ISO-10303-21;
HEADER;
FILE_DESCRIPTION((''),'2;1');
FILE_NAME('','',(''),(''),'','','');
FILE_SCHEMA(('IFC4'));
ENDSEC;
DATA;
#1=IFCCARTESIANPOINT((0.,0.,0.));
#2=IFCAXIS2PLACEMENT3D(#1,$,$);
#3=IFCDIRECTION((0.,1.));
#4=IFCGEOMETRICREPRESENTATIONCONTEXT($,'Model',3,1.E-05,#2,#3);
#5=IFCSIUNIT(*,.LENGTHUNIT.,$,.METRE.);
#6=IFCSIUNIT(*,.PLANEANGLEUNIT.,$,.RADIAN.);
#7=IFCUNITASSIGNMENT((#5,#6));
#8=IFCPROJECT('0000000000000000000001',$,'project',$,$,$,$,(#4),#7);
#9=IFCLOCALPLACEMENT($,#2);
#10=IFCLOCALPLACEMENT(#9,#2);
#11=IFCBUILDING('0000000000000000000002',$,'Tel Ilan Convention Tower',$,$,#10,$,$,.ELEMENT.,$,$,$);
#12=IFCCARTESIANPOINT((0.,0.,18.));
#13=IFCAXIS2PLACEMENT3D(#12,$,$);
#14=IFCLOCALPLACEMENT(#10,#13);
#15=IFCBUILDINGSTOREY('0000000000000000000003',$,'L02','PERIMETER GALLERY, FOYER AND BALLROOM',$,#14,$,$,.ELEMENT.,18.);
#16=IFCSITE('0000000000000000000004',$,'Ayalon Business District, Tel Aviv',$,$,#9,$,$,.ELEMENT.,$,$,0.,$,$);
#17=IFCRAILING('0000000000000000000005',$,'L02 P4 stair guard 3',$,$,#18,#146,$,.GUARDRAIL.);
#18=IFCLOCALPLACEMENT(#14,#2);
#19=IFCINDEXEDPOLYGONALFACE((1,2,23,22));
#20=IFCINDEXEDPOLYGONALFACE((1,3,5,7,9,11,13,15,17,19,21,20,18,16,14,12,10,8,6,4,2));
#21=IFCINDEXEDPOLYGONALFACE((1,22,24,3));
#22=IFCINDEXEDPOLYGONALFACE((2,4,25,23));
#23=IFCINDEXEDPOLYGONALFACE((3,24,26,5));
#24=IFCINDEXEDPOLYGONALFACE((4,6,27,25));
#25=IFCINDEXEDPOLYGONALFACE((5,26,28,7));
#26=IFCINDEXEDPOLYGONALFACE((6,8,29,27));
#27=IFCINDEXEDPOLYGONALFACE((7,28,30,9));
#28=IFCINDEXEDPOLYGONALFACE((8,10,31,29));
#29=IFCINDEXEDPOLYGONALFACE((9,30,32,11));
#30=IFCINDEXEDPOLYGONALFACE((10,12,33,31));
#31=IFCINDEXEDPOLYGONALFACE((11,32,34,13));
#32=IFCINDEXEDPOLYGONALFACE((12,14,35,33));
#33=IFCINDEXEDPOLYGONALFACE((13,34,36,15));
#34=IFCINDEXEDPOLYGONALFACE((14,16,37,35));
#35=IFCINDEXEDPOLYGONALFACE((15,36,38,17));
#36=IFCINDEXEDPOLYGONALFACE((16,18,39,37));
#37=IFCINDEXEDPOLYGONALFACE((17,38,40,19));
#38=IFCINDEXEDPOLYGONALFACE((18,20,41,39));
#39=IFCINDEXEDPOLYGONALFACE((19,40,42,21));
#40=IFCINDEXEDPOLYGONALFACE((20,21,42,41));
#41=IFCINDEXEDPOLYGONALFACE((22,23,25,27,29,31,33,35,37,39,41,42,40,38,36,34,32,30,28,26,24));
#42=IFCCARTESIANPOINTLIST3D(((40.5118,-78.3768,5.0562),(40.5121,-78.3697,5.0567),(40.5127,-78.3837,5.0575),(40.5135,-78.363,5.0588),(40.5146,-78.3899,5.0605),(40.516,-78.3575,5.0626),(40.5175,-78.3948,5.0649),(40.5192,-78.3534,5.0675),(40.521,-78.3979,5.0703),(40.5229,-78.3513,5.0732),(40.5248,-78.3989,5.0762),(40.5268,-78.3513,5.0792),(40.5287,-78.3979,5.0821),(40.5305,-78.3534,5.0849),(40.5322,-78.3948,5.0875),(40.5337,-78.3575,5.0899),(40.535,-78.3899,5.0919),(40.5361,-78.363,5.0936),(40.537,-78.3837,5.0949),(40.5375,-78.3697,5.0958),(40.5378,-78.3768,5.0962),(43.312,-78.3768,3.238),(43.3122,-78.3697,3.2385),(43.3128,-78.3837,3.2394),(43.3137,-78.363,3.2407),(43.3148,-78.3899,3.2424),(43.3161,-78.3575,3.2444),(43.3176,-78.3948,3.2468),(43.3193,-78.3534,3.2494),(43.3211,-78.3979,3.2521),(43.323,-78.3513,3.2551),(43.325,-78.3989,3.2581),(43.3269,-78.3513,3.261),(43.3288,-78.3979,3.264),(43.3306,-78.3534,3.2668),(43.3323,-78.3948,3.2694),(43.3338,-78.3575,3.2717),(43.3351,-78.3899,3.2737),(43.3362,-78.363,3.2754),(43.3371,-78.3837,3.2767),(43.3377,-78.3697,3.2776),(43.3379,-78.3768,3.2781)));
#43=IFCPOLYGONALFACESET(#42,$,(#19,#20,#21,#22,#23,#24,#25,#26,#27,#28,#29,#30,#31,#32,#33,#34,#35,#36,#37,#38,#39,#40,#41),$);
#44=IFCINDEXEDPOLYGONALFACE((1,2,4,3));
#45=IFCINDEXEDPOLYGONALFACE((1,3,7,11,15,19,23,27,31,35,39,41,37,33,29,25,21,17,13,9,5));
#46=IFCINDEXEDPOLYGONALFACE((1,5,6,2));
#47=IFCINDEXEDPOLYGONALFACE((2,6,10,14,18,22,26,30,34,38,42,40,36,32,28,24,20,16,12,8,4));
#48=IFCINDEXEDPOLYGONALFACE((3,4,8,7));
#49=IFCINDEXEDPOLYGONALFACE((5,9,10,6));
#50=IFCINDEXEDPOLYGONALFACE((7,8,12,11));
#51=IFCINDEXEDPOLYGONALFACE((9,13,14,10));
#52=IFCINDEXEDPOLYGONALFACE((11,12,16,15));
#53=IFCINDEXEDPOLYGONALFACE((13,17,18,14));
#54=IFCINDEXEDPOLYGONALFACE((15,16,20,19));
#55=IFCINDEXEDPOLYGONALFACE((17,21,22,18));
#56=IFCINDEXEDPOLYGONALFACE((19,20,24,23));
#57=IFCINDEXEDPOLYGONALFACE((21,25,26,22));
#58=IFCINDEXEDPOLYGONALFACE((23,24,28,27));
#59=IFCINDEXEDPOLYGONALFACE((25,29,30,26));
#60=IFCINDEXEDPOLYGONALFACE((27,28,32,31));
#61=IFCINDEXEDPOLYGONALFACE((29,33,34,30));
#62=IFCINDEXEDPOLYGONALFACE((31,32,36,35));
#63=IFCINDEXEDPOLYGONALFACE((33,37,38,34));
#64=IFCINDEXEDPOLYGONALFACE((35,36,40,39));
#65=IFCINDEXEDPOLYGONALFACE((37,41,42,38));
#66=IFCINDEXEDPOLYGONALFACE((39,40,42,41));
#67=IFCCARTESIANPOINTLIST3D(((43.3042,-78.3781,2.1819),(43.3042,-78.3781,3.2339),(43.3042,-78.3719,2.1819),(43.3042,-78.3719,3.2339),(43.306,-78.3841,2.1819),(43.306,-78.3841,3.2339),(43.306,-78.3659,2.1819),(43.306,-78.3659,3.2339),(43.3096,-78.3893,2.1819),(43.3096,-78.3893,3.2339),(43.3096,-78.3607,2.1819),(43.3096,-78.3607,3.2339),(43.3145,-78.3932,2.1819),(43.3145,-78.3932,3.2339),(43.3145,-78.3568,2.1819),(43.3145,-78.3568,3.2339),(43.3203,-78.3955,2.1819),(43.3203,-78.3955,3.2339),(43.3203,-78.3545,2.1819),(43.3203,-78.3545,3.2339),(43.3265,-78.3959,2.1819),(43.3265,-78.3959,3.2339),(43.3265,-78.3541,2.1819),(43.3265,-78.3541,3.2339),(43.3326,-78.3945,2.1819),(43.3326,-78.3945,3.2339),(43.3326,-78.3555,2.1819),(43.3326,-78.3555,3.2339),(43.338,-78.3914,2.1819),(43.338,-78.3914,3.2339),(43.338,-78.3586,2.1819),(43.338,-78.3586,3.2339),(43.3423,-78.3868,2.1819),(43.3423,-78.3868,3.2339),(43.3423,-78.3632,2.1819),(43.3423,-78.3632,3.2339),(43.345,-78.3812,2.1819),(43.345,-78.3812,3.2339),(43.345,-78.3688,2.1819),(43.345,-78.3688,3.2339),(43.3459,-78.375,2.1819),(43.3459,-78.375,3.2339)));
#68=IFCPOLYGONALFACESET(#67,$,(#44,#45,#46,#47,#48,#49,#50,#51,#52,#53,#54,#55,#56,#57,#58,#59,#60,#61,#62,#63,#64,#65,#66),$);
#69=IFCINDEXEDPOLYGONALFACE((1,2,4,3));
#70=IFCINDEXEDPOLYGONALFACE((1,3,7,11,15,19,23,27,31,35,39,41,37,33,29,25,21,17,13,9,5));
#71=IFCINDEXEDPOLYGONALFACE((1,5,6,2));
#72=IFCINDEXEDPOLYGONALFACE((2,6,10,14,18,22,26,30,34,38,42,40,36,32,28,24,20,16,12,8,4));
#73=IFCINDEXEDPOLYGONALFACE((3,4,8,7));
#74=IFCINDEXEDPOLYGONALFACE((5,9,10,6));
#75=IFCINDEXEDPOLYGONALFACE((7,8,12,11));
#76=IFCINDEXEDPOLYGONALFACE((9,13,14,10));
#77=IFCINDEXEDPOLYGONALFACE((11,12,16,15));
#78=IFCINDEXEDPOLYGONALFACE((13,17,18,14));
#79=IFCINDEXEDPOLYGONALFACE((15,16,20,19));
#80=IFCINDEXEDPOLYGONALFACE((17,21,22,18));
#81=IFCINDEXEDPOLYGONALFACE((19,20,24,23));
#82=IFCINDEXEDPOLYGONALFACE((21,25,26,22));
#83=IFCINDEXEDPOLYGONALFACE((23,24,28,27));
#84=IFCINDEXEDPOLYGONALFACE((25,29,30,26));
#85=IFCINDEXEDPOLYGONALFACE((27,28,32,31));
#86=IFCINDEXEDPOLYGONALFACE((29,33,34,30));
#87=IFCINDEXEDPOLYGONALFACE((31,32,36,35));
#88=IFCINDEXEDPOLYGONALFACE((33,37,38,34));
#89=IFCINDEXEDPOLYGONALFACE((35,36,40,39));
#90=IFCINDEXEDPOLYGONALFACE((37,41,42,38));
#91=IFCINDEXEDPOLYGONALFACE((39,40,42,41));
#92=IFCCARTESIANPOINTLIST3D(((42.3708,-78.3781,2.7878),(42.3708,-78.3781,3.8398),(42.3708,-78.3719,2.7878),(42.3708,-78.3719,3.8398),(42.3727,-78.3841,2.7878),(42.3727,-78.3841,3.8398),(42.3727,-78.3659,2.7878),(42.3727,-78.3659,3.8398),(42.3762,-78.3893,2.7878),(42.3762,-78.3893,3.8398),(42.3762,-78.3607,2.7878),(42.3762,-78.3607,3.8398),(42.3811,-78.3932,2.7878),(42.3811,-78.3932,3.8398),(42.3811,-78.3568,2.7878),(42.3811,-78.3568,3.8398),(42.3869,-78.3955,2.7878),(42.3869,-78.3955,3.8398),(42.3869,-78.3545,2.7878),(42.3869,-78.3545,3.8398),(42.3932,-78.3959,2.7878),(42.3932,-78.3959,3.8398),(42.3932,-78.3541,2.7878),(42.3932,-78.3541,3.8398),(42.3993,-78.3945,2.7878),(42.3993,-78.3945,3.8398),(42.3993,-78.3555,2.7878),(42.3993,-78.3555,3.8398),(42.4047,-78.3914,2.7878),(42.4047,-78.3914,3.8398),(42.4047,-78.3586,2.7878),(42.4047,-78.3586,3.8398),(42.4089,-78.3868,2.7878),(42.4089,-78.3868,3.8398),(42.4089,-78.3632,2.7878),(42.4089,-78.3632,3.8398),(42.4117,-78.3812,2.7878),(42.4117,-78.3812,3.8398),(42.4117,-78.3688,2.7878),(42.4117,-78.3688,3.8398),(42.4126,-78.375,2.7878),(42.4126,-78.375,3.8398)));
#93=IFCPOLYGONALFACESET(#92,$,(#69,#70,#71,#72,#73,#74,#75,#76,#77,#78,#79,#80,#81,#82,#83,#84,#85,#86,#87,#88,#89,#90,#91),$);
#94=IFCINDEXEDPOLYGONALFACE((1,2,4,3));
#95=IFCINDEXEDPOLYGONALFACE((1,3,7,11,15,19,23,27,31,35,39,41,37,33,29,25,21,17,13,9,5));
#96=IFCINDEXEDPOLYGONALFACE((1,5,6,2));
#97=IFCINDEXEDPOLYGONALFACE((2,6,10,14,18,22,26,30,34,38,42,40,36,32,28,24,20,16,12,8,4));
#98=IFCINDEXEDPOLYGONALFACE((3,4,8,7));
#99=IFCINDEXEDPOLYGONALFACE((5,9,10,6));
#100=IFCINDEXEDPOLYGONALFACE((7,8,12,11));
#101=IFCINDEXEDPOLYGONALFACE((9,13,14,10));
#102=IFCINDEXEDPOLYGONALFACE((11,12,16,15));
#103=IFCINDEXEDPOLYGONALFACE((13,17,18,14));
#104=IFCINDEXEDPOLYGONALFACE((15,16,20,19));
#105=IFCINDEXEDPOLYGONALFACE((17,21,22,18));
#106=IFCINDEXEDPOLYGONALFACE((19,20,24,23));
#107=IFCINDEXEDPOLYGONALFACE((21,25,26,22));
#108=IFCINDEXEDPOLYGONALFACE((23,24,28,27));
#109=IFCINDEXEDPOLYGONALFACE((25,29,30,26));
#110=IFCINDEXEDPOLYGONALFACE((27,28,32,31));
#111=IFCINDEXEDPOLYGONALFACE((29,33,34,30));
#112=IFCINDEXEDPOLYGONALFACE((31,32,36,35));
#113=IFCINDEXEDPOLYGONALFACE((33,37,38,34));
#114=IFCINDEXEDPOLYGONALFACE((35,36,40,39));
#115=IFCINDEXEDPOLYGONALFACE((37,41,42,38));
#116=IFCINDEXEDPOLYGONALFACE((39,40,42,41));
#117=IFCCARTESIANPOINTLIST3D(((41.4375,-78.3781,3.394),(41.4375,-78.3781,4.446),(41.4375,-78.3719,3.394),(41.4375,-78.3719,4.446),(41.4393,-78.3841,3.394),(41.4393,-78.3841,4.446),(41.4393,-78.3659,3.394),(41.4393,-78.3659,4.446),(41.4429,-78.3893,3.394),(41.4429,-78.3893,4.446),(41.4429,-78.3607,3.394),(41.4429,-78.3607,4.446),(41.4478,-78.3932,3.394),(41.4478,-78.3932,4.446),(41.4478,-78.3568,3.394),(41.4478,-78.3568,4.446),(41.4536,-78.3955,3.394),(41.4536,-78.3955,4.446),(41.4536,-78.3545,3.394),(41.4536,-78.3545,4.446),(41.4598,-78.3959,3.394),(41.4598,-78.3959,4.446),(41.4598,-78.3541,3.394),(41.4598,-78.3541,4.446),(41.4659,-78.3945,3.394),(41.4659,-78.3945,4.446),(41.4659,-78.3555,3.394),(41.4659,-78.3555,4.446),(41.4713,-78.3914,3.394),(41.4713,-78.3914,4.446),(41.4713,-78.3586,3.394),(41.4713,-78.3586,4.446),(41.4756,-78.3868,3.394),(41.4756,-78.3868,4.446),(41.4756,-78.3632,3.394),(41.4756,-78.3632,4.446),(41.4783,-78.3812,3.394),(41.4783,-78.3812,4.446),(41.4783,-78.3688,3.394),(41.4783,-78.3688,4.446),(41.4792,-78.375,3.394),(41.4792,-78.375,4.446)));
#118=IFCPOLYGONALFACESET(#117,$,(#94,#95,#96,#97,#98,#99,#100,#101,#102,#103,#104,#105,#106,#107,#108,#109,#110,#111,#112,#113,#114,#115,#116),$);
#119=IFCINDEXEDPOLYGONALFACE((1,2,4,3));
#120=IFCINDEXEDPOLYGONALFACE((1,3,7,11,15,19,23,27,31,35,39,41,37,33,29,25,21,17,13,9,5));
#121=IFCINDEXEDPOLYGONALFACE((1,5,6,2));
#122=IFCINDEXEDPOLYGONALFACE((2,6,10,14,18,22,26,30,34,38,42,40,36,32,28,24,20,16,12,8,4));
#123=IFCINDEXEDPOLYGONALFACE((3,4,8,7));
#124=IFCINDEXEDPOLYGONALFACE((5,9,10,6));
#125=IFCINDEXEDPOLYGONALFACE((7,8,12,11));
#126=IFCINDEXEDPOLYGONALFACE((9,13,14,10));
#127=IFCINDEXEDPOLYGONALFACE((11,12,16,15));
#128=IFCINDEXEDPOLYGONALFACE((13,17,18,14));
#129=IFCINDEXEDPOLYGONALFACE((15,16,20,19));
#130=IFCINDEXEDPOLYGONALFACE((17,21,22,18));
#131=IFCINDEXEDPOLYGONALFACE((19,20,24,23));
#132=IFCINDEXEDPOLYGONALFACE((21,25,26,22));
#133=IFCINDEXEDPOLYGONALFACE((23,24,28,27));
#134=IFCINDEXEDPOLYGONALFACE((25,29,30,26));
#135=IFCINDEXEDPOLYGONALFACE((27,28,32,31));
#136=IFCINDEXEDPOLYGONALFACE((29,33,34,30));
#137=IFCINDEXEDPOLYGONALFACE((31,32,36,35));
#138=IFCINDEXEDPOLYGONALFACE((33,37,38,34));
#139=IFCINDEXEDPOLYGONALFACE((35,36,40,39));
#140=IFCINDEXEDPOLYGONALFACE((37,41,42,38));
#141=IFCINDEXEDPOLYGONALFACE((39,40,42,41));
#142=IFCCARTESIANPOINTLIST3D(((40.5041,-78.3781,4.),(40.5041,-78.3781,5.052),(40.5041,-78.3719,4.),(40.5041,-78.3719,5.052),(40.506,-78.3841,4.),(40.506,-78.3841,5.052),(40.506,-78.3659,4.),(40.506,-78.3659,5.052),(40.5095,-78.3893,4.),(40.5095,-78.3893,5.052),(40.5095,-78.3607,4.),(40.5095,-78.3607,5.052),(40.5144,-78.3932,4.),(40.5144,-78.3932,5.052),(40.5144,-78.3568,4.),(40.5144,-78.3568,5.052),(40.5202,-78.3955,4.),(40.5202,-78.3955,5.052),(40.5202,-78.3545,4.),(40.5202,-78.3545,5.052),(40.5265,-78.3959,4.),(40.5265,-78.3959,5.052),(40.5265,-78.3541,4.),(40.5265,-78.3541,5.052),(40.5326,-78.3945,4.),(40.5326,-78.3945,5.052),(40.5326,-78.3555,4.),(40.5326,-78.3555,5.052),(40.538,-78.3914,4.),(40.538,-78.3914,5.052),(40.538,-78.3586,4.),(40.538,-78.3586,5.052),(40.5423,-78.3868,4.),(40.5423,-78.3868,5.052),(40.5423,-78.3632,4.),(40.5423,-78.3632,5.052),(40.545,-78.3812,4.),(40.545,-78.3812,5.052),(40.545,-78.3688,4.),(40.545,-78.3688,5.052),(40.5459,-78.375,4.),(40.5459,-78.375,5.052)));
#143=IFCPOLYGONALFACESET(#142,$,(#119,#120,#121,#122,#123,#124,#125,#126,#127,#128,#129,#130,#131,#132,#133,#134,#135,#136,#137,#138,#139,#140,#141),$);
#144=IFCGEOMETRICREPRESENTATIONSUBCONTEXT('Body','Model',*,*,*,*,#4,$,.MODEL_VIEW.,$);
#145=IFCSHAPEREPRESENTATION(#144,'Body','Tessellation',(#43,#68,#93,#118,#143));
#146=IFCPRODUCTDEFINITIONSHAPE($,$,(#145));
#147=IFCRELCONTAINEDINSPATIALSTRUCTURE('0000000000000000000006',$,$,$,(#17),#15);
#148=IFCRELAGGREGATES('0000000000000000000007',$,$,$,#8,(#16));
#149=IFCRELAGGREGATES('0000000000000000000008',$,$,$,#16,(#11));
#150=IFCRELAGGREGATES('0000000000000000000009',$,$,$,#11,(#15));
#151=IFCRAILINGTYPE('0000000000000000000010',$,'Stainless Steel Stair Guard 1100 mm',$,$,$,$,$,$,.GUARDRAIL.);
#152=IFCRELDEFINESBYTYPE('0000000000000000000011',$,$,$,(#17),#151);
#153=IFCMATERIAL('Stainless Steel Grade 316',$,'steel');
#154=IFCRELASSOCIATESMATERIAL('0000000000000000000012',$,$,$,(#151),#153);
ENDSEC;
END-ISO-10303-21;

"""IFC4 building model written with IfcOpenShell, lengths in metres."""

from ifc_helpers import new_model, si_unit, direction, frame, origin, origin_2d, place, context, subcontext, project, spatial, circle, extrude, material, type_object, element, save


model = new_model("IFC4")

# Units and contexts
model_context = context("Model", 3, precision=1e-05, world=origin(), true_north=direction((0.0, 1.0)))
body_context = subcontext(model_context, "Body", "Model", "MODEL_VIEW")
ifc_project = project(units=[si_unit("LENGTHUNIT", "METRE"), si_unit("PLANEANGLEUNIT", "RADIAN")], contexts=[model_context])

# Site, building, storey
site_placement = place(None, origin())
site = spatial("IfcSite", under=ifc_project, at=site_placement, Name="Ayalon Business District, Tel Aviv", CompositionType="ELEMENT", RefElevation=0.0)
building_placement = place(site_placement, origin())
building = spatial("IfcBuilding", under=site, at=building_placement, Name="Tel Ilan Convention Tower", CompositionType="ELEMENT")
storey_placement = place(building_placement, frame((0.0, 0.0, 18.0)))
storey = spatial("IfcBuildingStorey", under=building, at=storey_placement, Name="L02", Description="PERIMETER GALLERY, FOYER AND BALLROOM", CompositionType="ELEMENT", Elevation=18.0)

# Railing
ifc_material_1 = material(Name="Stainless Steel Grade 316", Category="steel")
railing_type_1 = type_object("IfcRailingType", Name="Stainless Steel Stair Guard 1100 mm", PredefinedType="GUARDRAIL", material=ifc_material_1)
railing_1_placement = place(storey_placement, frame((43.325, -78.375, 2.1819)))
element("IfcRailing", 1, at=railing_1_placement, inside=storey, type_object=railing_type_1, Name="L02 P4 stair guard 3", PredefinedType="GUARDRAIL", context=body_context, shape_type="SweptSolid", body=[
    extrude(circle(Radius=0.0239, at=origin_2d()), frame((0.0, 0.0, 1.0762), z_axis=(-0.838706, 0.0, 0.544585), x_axis=(0.0, -1.0, 0.0)), (0.0, 0.0, 1.0), 3.3386),
    extrude(circle(Radius=0.021, at=origin_2d()), origin(), (0.0, 0.0, 1.0), 1.052),
    extrude(circle(Radius=0.021, at=origin_2d()), frame((-0.9333, 0.0, 0.606)), (0.0, 0.0, 1.0), 1.052),
    extrude(circle(Radius=0.021, at=origin_2d()), frame((-1.8667, 0.0, 1.2122)), (0.0, 0.0, 1.0), 1.052),
    extrude(circle(Radius=0.021, at=origin_2d()), frame((-2.8, 0.0, 1.8181)), (0.0, 0.0, 1.0), 1.052),
])

save(model, "model.ifc")
